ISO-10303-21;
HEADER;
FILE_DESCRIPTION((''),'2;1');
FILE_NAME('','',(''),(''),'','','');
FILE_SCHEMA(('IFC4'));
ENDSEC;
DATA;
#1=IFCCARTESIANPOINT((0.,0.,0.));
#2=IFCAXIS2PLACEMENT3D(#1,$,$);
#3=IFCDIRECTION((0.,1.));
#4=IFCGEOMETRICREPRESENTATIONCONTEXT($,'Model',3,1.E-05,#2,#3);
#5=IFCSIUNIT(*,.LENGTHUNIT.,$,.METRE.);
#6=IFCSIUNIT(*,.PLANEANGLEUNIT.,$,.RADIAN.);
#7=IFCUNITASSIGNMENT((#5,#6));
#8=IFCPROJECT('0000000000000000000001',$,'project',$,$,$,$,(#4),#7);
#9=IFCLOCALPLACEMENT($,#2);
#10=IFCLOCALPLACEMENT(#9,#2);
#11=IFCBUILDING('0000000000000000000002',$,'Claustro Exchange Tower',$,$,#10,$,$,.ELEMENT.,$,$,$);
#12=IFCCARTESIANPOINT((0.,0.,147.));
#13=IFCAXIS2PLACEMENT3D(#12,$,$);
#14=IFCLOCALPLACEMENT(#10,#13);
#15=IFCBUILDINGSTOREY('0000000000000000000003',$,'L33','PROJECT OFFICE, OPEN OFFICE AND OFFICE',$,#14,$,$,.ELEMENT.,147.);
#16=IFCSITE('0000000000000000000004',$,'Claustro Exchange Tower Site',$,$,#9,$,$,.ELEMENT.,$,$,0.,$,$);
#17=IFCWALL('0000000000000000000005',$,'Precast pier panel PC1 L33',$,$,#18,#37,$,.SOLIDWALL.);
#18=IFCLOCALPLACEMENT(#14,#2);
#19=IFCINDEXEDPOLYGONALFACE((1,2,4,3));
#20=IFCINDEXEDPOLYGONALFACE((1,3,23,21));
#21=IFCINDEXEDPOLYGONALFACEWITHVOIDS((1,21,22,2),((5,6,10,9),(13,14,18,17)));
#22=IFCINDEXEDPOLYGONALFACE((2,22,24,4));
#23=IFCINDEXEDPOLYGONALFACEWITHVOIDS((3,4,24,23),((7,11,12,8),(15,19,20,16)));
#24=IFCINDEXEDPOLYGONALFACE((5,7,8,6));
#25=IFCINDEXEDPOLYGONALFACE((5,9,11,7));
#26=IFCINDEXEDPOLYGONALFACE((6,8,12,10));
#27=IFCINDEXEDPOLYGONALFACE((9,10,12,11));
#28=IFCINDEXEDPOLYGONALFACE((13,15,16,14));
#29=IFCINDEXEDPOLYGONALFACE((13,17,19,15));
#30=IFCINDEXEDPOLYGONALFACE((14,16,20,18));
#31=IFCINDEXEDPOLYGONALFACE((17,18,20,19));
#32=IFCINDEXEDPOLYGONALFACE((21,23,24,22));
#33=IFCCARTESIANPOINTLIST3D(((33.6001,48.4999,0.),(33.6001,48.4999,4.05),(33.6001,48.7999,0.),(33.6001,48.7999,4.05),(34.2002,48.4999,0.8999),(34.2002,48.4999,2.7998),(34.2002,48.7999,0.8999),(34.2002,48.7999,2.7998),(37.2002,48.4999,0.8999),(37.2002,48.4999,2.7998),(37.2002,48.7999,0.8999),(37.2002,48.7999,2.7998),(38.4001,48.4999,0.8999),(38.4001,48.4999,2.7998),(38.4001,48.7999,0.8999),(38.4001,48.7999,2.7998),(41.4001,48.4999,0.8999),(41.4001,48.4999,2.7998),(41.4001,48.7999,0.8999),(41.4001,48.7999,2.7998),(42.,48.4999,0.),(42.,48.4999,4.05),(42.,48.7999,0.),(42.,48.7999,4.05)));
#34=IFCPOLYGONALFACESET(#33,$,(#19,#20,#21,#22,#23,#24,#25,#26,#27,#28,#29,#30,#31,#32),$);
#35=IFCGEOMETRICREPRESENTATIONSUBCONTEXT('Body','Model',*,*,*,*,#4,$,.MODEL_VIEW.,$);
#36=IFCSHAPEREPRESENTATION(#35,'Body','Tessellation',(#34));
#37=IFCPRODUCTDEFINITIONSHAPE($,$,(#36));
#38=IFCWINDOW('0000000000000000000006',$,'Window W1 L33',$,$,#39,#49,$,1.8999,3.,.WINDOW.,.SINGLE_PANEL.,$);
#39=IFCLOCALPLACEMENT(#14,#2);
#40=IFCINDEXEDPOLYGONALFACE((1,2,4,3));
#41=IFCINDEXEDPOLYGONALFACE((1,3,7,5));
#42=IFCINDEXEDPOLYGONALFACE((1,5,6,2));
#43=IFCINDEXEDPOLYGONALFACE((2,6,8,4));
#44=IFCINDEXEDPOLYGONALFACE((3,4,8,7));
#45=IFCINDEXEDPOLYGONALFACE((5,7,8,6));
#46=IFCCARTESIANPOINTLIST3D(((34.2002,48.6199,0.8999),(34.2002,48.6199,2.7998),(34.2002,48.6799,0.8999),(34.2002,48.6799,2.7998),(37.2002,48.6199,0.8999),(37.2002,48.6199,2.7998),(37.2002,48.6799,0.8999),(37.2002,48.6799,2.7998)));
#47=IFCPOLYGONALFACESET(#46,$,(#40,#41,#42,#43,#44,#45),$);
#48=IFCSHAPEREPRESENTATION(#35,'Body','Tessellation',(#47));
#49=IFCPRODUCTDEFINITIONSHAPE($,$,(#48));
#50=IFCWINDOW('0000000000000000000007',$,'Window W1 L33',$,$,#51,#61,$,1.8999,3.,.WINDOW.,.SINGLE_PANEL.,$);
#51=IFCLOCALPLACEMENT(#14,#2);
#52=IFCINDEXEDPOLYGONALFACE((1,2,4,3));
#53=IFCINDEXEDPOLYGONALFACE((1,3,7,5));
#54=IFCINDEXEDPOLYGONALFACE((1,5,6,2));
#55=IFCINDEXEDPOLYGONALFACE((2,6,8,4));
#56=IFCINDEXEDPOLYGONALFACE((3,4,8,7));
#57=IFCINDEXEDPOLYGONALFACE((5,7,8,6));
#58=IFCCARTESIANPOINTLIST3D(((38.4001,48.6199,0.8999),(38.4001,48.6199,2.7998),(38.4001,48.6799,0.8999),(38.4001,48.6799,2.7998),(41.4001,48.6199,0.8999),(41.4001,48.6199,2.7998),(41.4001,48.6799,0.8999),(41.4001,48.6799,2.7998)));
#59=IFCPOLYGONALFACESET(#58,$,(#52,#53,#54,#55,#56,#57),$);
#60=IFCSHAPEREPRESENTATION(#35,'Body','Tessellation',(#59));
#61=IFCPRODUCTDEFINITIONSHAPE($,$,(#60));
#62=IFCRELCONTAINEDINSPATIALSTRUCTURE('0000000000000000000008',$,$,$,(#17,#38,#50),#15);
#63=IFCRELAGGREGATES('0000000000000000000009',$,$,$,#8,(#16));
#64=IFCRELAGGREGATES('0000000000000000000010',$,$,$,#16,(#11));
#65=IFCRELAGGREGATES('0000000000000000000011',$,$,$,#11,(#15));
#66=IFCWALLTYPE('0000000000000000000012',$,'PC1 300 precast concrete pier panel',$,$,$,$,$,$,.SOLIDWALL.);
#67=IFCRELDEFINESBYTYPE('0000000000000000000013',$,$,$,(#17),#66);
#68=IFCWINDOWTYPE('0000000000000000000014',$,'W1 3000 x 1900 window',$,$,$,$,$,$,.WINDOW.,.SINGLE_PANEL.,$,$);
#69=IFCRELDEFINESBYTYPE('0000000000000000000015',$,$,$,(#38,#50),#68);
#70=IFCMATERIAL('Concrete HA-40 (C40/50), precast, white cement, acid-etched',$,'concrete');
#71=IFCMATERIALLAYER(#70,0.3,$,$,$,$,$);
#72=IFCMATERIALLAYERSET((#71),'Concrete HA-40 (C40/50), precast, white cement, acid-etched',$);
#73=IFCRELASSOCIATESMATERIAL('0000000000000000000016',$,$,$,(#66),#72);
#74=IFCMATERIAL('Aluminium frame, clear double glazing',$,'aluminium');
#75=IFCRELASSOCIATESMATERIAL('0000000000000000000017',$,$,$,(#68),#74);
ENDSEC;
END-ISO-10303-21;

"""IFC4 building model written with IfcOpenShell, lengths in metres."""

from ifc_helpers import new_model, si_unit, direction, frame, frame_2d, origin, place, context, subcontext, project, spatial, rectangle, extrude, material, layer, layer_set, type_object, element, fill, save


model = new_model("IFC4")

# Units and contexts
model_context = context("Model", 3, precision=1e-05, world=origin(), true_north=direction((0.0, 1.0)))
body_context = subcontext(model_context, "Body", "Model", "MODEL_VIEW")
ifc_project = project(units=[si_unit("LENGTHUNIT", "METRE"), si_unit("PLANEANGLEUNIT", "RADIAN")], contexts=[model_context])

# Site, building, storey
site_placement = place(None, origin())
site = spatial("IfcSite", under=ifc_project, at=site_placement, Name="Claustro Exchange Tower Site", CompositionType="ELEMENT", RefElevation=0.0)
building_placement = place(site_placement, origin())
building = spatial("IfcBuilding", under=site, at=building_placement, Name="Claustro Exchange Tower", CompositionType="ELEMENT")
storey_placement = place(building_placement, frame((0.0, 0.0, 147.0)))
storey = spatial("IfcBuildingStorey", under=building, at=storey_placement, Name="L33", Description="PROJECT OFFICE, OPEN OFFICE AND OFFICE", CompositionType="ELEMENT", Elevation=147.0)

# Wall, openings, windows
ifc_material_1 = material(Name="Concrete HA-40 (C40/50), precast, white cement, acid-etched", Category="concrete")
ifc_layer_1 = layer(ifc_material_1, 0.3)
ifc_layer_set_1 = layer_set([ifc_layer_1], Name="Concrete HA-40 (C40/50), precast, white cement, acid-etched")
wall_type_1 = type_object("IfcWallType", Name="PC1 300 precast concrete pier panel", PredefinedType="SOLIDWALL", material=ifc_layer_set_1)
ifc_material_2 = material(Name="Aluminium frame, clear double glazing", Category="aluminium")
window_type = type_object("IfcWindowType", Name="W1 3000 x 1900 window", PartitioningType="SINGLE_PANEL", PredefinedType="WINDOW", material=ifc_material_2)
wall_1_placement = place(storey_placement, frame((33.6001, 48.6499, 0.0), z_axis=(0.0, 0.0, 1.0), x_axis=(1.0, 0.0, 0.0)))
wall_1 = element("IfcWall", 1, at=wall_1_placement, inside=storey, type_object=wall_type_1, Name="Precast pier panel PC1 L33", PredefinedType="SOLIDWALL", context=body_context, shape_type="SweptSolid", body=[
    extrude(rectangle(XDim=8.3999, YDim=0.3, at=frame_2d((4.2, 0.0))), origin(), (0.0, 0.0, 1.0), 4.05),
])
opening_1_placement = place(wall_1_placement, frame((0.6001, 0.0, 0.8999)))
opening_1 = element("IfcOpeningElement", 2, at=opening_1_placement, cuts=wall_1, PredefinedType="OPENING", context=body_context, shape_type="SweptSolid", body=[
    extrude(rectangle(XDim=3.0, YDim=1.8999, at=frame_2d((1.5, 0.95))), frame((0.0, 0.1599, 0.0), z_axis=(0.0, -1.0, 0.0), x_axis=(1.0, 0.0, 0.0)), (0.0, 0.0, 1.0), 0.3201),
])
opening_2_placement = place(wall_1_placement, frame((4.8, 0.0, 0.8999)))
opening_2 = element("IfcOpeningElement", 3, at=opening_2_placement, cuts=wall_1, PredefinedType="OPENING", context=body_context, shape_type="SweptSolid", body=[
    extrude(rectangle(XDim=3.0, YDim=1.8999, at=frame_2d((1.5, 0.95))), frame((0.0, 0.1599, 0.0), z_axis=(0.0, -1.0, 0.0), x_axis=(1.0, 0.0, 0.0)), (0.0, 0.0, 1.0), 0.3201),
])
window_1_placement = place(opening_1_placement, origin())
window_1 = element("IfcWindow", 4, at=window_1_placement, inside=storey, type_object=window_type, Name="Window W1 L33", OverallHeight=1.8999, OverallWidth=3.0, PartitioningType="SINGLE_PANEL", PredefinedType="WINDOW", context=body_context, shape_type="SweptSolid", body=[
    extrude(rectangle(XDim=3.0, YDim=1.8999, at=frame_2d((1.5, 0.95))), frame((0.0, 0.03, 0.0), z_axis=(0.0, -1.0, 0.0), x_axis=(1.0, 0.0, 0.0)), (0.0, 0.0, 1.0), 0.0601),
])
fill(opening_1, window_1)
window_2_placement = place(opening_2_placement, origin())
window_2 = element("IfcWindow", 5, at=window_2_placement, inside=storey, type_object=window_type, Name="Window W1 L33", OverallHeight=1.8999, OverallWidth=3.0, PartitioningType="SINGLE_PANEL", PredefinedType="WINDOW", context=body_context, shape_type="SweptSolid", body=[
    extrude(rectangle(XDim=3.0, YDim=1.8999, at=frame_2d((1.5, 0.95))), frame((0.0, 0.03, 0.0), z_axis=(0.0, -1.0, 0.0), x_axis=(1.0, 0.0, 0.0)), (0.0, 0.0, 1.0), 0.0601),
])
fill(opening_2, window_2)

save(model, "model.ifc")
